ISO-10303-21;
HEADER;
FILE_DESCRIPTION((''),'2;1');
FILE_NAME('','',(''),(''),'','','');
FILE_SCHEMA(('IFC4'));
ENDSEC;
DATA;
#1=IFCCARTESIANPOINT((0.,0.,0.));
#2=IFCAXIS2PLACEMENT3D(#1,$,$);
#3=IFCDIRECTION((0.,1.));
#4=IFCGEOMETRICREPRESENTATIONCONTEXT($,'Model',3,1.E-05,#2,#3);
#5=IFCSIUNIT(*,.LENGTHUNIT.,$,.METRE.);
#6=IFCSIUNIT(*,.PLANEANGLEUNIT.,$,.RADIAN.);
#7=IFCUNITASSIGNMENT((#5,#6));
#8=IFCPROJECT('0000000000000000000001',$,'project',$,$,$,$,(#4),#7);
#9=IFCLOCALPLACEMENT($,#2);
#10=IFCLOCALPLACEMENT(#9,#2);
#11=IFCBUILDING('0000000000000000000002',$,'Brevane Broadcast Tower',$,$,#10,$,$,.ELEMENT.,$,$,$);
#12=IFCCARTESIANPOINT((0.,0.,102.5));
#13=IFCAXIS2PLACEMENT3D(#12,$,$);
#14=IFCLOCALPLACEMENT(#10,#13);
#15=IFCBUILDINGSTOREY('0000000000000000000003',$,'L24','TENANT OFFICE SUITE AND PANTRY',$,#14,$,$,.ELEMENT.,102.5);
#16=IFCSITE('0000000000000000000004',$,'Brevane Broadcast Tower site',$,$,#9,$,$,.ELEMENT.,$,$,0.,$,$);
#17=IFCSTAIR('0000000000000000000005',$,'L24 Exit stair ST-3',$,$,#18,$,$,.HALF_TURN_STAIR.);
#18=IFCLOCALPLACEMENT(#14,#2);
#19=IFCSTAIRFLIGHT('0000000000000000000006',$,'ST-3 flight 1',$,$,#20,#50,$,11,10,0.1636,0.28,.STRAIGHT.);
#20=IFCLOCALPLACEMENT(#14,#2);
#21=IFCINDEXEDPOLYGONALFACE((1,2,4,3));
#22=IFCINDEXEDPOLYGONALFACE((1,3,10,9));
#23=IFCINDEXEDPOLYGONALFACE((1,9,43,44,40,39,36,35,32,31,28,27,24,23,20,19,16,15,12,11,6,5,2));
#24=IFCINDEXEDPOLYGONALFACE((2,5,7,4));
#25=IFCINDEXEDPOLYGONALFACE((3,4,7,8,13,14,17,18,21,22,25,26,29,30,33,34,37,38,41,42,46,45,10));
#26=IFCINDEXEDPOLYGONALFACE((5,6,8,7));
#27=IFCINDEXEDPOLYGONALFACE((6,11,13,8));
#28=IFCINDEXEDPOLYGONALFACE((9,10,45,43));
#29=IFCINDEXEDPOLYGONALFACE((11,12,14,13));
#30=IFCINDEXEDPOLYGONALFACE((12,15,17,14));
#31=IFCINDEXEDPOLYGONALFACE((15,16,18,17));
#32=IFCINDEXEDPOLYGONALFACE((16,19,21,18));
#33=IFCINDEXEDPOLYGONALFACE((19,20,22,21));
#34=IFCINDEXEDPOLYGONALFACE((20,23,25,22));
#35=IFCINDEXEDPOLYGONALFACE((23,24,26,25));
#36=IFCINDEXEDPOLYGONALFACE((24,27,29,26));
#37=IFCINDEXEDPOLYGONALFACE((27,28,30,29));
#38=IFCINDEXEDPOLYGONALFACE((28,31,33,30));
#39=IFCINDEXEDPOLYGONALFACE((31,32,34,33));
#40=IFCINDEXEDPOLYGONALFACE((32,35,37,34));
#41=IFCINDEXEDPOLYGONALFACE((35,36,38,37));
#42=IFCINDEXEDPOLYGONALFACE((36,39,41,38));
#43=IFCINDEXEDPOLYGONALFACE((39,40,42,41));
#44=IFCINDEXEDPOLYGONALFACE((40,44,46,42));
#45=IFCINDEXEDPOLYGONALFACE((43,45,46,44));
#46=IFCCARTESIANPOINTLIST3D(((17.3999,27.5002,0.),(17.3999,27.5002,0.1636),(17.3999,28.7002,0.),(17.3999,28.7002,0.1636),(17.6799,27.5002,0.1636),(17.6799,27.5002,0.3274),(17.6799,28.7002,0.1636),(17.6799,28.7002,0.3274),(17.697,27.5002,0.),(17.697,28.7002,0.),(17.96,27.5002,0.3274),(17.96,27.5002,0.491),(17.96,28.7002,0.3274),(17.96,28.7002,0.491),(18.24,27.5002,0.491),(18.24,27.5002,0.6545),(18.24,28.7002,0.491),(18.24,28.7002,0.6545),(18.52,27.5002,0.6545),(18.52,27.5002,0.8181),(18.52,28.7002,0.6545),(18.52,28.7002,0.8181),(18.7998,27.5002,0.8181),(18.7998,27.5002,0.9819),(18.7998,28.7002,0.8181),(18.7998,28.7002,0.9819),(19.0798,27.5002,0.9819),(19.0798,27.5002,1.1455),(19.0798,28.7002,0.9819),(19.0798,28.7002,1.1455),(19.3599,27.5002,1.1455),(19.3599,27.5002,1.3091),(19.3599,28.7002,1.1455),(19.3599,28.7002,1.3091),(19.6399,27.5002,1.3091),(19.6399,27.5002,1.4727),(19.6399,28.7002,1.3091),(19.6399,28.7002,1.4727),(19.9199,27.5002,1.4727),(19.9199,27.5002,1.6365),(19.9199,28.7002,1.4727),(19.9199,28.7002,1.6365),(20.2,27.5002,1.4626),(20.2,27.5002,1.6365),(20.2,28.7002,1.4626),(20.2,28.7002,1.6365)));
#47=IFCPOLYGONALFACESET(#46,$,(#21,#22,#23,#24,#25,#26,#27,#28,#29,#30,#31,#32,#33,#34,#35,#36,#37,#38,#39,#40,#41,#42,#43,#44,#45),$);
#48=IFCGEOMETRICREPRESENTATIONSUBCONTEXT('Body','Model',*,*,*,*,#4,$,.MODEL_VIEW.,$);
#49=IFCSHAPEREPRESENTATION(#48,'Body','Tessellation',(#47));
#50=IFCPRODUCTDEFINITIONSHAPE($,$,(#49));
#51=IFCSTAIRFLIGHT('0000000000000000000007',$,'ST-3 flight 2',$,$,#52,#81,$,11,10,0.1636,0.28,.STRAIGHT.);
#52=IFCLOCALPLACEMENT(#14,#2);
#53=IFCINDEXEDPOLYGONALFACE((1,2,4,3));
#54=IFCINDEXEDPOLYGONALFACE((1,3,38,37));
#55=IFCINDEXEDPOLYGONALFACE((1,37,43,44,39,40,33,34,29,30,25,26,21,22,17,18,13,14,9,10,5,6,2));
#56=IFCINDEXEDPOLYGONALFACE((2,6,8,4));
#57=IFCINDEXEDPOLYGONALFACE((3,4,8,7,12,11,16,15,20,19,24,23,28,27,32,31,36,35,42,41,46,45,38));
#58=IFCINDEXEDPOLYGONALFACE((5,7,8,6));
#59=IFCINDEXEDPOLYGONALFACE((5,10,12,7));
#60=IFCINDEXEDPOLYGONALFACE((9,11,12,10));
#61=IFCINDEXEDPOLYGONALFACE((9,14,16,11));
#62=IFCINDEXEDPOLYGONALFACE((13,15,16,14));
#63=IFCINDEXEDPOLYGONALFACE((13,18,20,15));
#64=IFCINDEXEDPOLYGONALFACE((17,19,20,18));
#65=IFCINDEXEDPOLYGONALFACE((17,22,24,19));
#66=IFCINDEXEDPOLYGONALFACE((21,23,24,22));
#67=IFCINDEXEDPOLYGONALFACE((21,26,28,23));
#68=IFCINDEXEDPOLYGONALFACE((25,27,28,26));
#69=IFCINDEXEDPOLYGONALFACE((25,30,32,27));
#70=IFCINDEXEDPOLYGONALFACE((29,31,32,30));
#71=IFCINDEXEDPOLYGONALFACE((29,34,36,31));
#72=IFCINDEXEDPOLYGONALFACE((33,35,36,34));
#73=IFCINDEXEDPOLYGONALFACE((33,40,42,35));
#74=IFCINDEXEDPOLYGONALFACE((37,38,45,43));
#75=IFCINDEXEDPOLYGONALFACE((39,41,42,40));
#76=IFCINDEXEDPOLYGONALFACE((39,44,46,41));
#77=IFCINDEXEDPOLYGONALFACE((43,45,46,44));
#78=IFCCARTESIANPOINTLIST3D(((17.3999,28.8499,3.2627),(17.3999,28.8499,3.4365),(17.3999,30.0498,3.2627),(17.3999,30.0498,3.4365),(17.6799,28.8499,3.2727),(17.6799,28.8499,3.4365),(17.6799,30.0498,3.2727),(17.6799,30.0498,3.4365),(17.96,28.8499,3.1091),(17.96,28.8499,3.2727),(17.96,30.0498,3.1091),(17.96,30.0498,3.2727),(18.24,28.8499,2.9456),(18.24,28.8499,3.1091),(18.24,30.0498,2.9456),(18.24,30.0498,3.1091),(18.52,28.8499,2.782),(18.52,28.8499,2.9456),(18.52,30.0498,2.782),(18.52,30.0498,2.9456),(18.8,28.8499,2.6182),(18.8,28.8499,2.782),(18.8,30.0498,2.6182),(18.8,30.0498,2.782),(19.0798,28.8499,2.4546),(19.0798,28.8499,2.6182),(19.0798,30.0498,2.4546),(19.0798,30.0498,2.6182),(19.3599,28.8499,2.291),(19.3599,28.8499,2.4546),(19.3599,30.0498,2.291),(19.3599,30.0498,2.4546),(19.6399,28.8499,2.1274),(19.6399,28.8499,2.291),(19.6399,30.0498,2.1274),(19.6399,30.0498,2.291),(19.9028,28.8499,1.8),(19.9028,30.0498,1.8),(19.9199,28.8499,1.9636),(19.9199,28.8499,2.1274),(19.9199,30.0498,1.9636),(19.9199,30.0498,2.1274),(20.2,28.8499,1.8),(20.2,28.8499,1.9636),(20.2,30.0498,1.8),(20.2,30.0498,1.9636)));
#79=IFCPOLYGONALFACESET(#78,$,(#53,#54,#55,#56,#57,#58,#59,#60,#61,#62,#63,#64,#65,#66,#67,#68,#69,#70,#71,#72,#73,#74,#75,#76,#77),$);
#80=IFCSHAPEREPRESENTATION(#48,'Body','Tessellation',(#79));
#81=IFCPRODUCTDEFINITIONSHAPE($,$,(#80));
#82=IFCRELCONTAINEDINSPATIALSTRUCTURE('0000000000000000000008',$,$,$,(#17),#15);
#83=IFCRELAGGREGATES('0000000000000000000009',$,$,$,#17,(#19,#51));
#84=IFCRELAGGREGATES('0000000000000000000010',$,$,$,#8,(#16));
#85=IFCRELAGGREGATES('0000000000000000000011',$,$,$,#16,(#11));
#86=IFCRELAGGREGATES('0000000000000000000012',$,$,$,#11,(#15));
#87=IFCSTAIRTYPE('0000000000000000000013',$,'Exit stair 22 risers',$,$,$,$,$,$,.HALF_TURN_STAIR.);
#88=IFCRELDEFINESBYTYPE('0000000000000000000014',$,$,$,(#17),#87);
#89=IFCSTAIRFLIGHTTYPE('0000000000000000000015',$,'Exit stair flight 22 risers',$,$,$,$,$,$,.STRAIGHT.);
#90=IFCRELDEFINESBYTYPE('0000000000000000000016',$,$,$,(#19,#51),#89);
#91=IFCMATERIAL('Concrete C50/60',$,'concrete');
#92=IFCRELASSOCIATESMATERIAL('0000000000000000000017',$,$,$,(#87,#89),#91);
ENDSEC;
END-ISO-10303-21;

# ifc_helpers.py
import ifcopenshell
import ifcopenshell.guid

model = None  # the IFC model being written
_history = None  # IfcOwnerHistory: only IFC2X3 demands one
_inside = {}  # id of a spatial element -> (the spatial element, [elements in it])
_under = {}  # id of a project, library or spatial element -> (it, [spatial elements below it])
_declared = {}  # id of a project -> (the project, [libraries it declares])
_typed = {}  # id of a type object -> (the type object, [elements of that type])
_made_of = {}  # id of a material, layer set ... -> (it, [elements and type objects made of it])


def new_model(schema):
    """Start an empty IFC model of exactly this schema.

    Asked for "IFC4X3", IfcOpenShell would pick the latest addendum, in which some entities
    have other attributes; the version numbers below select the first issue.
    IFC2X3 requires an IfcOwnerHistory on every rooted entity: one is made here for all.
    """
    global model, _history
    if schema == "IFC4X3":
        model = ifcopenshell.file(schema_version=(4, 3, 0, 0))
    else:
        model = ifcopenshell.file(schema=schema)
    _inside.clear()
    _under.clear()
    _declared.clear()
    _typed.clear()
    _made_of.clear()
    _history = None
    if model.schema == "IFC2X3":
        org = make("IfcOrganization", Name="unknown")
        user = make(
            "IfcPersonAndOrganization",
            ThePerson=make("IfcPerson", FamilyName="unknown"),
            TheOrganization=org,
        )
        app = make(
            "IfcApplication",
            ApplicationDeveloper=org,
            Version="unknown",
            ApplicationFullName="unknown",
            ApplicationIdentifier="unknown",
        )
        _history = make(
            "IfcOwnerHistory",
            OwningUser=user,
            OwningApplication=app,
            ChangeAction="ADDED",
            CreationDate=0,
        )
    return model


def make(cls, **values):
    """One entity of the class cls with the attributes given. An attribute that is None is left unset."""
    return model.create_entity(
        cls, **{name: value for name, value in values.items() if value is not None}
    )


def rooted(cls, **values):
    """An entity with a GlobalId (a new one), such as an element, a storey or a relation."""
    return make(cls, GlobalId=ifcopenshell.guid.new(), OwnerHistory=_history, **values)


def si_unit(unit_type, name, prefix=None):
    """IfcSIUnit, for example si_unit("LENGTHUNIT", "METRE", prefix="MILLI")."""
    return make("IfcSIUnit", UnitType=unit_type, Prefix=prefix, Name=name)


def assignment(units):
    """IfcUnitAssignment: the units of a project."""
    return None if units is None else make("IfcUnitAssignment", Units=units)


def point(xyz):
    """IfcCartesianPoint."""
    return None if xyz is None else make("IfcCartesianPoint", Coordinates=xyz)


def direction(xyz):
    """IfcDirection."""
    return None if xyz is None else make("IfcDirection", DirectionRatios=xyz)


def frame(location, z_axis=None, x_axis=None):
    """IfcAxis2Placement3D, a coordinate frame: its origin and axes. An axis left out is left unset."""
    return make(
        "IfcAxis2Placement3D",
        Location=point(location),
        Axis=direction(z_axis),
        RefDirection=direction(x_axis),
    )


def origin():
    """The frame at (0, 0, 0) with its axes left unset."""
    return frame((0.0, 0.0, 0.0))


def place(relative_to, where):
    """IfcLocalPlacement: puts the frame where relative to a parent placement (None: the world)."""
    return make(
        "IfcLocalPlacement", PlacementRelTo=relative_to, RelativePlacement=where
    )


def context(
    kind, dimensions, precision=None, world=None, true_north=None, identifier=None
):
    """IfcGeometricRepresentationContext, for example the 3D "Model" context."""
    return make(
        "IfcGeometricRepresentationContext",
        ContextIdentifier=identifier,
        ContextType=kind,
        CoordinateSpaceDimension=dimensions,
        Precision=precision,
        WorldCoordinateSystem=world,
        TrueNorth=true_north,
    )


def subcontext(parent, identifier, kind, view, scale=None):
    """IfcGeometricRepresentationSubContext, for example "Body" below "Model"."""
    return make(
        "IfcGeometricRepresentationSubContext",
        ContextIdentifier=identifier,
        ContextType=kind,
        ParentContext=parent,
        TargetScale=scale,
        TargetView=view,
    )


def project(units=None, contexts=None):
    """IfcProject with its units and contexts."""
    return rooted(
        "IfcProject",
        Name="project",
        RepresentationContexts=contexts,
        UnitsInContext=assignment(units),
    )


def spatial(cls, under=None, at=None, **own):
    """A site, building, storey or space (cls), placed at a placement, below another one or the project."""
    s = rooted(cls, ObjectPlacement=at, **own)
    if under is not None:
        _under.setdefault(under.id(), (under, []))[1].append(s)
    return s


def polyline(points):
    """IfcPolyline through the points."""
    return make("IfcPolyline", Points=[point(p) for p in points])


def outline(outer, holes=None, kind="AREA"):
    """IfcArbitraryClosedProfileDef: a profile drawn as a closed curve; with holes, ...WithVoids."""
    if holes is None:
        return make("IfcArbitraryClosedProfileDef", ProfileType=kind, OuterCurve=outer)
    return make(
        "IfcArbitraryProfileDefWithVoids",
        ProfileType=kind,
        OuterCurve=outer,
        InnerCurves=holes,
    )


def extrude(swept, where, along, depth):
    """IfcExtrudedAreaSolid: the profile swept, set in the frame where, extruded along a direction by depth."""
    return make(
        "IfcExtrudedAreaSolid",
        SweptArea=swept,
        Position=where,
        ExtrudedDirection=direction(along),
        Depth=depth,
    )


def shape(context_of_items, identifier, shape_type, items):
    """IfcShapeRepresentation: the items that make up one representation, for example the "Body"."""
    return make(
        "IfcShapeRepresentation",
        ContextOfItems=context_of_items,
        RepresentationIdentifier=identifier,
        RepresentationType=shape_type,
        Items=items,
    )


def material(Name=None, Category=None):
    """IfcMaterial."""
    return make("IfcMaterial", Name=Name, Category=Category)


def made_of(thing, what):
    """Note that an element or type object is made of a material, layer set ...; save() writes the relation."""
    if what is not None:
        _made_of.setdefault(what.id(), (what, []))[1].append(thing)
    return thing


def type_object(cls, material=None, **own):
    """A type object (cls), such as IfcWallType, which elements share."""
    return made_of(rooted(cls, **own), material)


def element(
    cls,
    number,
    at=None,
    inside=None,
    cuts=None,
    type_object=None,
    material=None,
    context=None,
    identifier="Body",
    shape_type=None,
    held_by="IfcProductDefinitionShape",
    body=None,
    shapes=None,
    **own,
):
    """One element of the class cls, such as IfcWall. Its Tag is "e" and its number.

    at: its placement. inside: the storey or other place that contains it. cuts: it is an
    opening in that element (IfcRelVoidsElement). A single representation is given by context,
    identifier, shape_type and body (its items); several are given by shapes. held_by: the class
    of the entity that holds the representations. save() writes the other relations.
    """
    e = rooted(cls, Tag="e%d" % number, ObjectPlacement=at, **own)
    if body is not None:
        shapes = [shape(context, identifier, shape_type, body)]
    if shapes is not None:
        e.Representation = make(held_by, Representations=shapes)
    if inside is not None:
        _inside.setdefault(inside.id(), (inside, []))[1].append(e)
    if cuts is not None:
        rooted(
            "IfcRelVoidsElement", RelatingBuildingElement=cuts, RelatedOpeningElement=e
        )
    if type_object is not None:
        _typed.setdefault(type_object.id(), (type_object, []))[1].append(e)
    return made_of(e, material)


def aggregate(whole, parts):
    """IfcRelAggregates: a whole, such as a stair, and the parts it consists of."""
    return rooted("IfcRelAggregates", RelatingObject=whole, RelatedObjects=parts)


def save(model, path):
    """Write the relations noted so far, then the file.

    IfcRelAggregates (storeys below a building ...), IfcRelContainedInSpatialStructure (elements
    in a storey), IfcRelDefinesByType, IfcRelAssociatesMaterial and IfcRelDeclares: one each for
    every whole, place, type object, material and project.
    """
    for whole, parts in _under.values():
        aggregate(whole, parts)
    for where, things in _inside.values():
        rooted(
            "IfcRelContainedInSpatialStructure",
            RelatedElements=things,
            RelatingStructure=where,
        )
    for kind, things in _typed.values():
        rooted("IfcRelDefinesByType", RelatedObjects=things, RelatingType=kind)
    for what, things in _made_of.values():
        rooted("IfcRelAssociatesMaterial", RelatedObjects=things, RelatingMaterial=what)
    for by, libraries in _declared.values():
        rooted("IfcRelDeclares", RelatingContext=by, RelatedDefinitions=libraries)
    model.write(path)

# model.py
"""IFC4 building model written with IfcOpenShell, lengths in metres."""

from ifc_helpers import new_model, si_unit, direction, frame, origin, place, context, subcontext, project, spatial, polyline, outline, extrude, material, type_object, element, aggregate, save


model = new_model("IFC4")

# Units and contexts
model_context = context("Model", 3, precision=1e-05, world=origin(), true_north=direction((0.0, 1.0)))
body_context = subcontext(model_context, "Body", "Model", "MODEL_VIEW")
ifc_project = project(units=[si_unit("LENGTHUNIT", "METRE"), si_unit("PLANEANGLEUNIT", "RADIAN")], contexts=[model_context])

# Site, building, storey
site_placement = place(None, origin())
site = spatial("IfcSite", under=ifc_project, at=site_placement, Name="Brevane Broadcast Tower site", CompositionType="ELEMENT", RefElevation=0.0)
building_placement = place(site_placement, origin())
building = spatial("IfcBuilding", under=site, at=building_placement, Name="Brevane Broadcast Tower", CompositionType="ELEMENT")
storey_placement = place(building_placement, frame((0.0, 0.0, 102.5)))
storey = spatial("IfcBuildingStorey", under=building, at=storey_placement, Name="L24", Description="TENANT OFFICE SUITE AND PANTRY", CompositionType="ELEMENT", Elevation=102.5)

# Stair, stair flights
ifc_material_1 = material(Name="Concrete C50/60", Category="concrete")
stair_type = type_object("IfcStairType", Name="Exit stair 22 risers", PredefinedType="HALF_TURN_STAIR", material=ifc_material_1)
stair_placement = place(storey_placement, origin())
stair = element("IfcStair", 1, at=stair_placement, inside=storey, type_object=stair_type, Name="L24 Exit stair ST-3", PredefinedType="HALF_TURN_STAIR")
stair_flight_type = type_object("IfcStairFlightType", Name="Exit stair flight 22 risers", PredefinedType="STRAIGHT", material=ifc_material_1)
stair_flight_1_placement = place(storey_placement, frame((17.3999, 28.1001, 0.0), z_axis=(0.0, 0.0, 1.0), x_axis=(1.0, 0.0, 0.0)))
stair_flight_1 = element("IfcStairFlight", 2, at=stair_flight_1_placement, type_object=stair_flight_type, Name="ST-3 flight 1", NumberOfRisers=11, NumberOfTreads=10, PredefinedType="STRAIGHT", RiserHeight=0.1636, TreadLength=0.28, context=body_context, shape_type="SweptSolid", body=[
    extrude(outline(polyline([(0.0, 0.0), (0.0, 0.1636), (0.28, 0.1636), (0.28, 0.3274), (0.5601, 0.3274), (0.5601, 0.491), (0.8401, 0.491), (0.8401, 0.6545), (1.1201, 0.6545), (1.1201, 0.8181), (1.3999, 0.8181), (1.3999, 0.9819), (1.6799, 0.9819), (1.6799, 1.1455), (1.96, 1.1455), (1.96, 1.3091), (2.24, 1.3091), (2.24, 1.4727), (2.52, 1.4727), (2.52, 1.6365), (2.8, 1.6365), (2.8, 1.8), (2.8, 1.4626), (0.2971, 0.0), (0.0, 0.0)])), frame((0.0, 0.6001, 0.0), z_axis=(0.0, -1.0, 0.0), x_axis=(1.0, 0.0, 0.0)), (0.0, 0.0, 1.0), 1.2),
])
stair_flight_2_placement = place(storey_placement, frame((20.2, 29.45, 1.8), z_axis=(0.0, 0.0, 1.0), x_axis=(-1.0, 0.0, 0.0)))
stair_flight_2 = element("IfcStairFlight", 3, at=stair_flight_2_placement, type_object=stair_flight_type, Name="ST-3 flight 2", NumberOfRisers=11, NumberOfTreads=10, PredefinedType="STRAIGHT", RiserHeight=0.1636, TreadLength=0.28, context=body_context, shape_type="SweptSolid", body=[
    extrude(outline(polyline([(0.0, 0.0), (0.0, 0.1636), (0.28, 0.1636), (0.28, 0.3274), (0.5601, 0.3274), (0.5601, 0.491), (0.8401, 0.491), (0.8401, 0.6545), (1.1201, 0.6545), (1.1201, 0.8181), (1.3999, 0.8181), (1.3999, 0.9819), (1.6799, 0.9819), (1.6799, 1.1455), (1.96, 1.1455), (1.96, 1.3091), (2.24, 1.3091), (2.24, 1.4727), (2.52, 1.4727), (2.52, 1.6365), (2.8, 1.6365), (2.8, 1.8), (2.8, 1.4626), (0.2971, 0.0), (0.0, 0.0)])), frame((0.0, 0.6001, 0.0), z_axis=(0.0, -1.0, 0.0), x_axis=(1.0, 0.0, 0.0)), (0.0, 0.0, 1.0), 1.2),
])
aggregate(stair, [stair_flight_1, stair_flight_2])

save(model, "model.ifc")
